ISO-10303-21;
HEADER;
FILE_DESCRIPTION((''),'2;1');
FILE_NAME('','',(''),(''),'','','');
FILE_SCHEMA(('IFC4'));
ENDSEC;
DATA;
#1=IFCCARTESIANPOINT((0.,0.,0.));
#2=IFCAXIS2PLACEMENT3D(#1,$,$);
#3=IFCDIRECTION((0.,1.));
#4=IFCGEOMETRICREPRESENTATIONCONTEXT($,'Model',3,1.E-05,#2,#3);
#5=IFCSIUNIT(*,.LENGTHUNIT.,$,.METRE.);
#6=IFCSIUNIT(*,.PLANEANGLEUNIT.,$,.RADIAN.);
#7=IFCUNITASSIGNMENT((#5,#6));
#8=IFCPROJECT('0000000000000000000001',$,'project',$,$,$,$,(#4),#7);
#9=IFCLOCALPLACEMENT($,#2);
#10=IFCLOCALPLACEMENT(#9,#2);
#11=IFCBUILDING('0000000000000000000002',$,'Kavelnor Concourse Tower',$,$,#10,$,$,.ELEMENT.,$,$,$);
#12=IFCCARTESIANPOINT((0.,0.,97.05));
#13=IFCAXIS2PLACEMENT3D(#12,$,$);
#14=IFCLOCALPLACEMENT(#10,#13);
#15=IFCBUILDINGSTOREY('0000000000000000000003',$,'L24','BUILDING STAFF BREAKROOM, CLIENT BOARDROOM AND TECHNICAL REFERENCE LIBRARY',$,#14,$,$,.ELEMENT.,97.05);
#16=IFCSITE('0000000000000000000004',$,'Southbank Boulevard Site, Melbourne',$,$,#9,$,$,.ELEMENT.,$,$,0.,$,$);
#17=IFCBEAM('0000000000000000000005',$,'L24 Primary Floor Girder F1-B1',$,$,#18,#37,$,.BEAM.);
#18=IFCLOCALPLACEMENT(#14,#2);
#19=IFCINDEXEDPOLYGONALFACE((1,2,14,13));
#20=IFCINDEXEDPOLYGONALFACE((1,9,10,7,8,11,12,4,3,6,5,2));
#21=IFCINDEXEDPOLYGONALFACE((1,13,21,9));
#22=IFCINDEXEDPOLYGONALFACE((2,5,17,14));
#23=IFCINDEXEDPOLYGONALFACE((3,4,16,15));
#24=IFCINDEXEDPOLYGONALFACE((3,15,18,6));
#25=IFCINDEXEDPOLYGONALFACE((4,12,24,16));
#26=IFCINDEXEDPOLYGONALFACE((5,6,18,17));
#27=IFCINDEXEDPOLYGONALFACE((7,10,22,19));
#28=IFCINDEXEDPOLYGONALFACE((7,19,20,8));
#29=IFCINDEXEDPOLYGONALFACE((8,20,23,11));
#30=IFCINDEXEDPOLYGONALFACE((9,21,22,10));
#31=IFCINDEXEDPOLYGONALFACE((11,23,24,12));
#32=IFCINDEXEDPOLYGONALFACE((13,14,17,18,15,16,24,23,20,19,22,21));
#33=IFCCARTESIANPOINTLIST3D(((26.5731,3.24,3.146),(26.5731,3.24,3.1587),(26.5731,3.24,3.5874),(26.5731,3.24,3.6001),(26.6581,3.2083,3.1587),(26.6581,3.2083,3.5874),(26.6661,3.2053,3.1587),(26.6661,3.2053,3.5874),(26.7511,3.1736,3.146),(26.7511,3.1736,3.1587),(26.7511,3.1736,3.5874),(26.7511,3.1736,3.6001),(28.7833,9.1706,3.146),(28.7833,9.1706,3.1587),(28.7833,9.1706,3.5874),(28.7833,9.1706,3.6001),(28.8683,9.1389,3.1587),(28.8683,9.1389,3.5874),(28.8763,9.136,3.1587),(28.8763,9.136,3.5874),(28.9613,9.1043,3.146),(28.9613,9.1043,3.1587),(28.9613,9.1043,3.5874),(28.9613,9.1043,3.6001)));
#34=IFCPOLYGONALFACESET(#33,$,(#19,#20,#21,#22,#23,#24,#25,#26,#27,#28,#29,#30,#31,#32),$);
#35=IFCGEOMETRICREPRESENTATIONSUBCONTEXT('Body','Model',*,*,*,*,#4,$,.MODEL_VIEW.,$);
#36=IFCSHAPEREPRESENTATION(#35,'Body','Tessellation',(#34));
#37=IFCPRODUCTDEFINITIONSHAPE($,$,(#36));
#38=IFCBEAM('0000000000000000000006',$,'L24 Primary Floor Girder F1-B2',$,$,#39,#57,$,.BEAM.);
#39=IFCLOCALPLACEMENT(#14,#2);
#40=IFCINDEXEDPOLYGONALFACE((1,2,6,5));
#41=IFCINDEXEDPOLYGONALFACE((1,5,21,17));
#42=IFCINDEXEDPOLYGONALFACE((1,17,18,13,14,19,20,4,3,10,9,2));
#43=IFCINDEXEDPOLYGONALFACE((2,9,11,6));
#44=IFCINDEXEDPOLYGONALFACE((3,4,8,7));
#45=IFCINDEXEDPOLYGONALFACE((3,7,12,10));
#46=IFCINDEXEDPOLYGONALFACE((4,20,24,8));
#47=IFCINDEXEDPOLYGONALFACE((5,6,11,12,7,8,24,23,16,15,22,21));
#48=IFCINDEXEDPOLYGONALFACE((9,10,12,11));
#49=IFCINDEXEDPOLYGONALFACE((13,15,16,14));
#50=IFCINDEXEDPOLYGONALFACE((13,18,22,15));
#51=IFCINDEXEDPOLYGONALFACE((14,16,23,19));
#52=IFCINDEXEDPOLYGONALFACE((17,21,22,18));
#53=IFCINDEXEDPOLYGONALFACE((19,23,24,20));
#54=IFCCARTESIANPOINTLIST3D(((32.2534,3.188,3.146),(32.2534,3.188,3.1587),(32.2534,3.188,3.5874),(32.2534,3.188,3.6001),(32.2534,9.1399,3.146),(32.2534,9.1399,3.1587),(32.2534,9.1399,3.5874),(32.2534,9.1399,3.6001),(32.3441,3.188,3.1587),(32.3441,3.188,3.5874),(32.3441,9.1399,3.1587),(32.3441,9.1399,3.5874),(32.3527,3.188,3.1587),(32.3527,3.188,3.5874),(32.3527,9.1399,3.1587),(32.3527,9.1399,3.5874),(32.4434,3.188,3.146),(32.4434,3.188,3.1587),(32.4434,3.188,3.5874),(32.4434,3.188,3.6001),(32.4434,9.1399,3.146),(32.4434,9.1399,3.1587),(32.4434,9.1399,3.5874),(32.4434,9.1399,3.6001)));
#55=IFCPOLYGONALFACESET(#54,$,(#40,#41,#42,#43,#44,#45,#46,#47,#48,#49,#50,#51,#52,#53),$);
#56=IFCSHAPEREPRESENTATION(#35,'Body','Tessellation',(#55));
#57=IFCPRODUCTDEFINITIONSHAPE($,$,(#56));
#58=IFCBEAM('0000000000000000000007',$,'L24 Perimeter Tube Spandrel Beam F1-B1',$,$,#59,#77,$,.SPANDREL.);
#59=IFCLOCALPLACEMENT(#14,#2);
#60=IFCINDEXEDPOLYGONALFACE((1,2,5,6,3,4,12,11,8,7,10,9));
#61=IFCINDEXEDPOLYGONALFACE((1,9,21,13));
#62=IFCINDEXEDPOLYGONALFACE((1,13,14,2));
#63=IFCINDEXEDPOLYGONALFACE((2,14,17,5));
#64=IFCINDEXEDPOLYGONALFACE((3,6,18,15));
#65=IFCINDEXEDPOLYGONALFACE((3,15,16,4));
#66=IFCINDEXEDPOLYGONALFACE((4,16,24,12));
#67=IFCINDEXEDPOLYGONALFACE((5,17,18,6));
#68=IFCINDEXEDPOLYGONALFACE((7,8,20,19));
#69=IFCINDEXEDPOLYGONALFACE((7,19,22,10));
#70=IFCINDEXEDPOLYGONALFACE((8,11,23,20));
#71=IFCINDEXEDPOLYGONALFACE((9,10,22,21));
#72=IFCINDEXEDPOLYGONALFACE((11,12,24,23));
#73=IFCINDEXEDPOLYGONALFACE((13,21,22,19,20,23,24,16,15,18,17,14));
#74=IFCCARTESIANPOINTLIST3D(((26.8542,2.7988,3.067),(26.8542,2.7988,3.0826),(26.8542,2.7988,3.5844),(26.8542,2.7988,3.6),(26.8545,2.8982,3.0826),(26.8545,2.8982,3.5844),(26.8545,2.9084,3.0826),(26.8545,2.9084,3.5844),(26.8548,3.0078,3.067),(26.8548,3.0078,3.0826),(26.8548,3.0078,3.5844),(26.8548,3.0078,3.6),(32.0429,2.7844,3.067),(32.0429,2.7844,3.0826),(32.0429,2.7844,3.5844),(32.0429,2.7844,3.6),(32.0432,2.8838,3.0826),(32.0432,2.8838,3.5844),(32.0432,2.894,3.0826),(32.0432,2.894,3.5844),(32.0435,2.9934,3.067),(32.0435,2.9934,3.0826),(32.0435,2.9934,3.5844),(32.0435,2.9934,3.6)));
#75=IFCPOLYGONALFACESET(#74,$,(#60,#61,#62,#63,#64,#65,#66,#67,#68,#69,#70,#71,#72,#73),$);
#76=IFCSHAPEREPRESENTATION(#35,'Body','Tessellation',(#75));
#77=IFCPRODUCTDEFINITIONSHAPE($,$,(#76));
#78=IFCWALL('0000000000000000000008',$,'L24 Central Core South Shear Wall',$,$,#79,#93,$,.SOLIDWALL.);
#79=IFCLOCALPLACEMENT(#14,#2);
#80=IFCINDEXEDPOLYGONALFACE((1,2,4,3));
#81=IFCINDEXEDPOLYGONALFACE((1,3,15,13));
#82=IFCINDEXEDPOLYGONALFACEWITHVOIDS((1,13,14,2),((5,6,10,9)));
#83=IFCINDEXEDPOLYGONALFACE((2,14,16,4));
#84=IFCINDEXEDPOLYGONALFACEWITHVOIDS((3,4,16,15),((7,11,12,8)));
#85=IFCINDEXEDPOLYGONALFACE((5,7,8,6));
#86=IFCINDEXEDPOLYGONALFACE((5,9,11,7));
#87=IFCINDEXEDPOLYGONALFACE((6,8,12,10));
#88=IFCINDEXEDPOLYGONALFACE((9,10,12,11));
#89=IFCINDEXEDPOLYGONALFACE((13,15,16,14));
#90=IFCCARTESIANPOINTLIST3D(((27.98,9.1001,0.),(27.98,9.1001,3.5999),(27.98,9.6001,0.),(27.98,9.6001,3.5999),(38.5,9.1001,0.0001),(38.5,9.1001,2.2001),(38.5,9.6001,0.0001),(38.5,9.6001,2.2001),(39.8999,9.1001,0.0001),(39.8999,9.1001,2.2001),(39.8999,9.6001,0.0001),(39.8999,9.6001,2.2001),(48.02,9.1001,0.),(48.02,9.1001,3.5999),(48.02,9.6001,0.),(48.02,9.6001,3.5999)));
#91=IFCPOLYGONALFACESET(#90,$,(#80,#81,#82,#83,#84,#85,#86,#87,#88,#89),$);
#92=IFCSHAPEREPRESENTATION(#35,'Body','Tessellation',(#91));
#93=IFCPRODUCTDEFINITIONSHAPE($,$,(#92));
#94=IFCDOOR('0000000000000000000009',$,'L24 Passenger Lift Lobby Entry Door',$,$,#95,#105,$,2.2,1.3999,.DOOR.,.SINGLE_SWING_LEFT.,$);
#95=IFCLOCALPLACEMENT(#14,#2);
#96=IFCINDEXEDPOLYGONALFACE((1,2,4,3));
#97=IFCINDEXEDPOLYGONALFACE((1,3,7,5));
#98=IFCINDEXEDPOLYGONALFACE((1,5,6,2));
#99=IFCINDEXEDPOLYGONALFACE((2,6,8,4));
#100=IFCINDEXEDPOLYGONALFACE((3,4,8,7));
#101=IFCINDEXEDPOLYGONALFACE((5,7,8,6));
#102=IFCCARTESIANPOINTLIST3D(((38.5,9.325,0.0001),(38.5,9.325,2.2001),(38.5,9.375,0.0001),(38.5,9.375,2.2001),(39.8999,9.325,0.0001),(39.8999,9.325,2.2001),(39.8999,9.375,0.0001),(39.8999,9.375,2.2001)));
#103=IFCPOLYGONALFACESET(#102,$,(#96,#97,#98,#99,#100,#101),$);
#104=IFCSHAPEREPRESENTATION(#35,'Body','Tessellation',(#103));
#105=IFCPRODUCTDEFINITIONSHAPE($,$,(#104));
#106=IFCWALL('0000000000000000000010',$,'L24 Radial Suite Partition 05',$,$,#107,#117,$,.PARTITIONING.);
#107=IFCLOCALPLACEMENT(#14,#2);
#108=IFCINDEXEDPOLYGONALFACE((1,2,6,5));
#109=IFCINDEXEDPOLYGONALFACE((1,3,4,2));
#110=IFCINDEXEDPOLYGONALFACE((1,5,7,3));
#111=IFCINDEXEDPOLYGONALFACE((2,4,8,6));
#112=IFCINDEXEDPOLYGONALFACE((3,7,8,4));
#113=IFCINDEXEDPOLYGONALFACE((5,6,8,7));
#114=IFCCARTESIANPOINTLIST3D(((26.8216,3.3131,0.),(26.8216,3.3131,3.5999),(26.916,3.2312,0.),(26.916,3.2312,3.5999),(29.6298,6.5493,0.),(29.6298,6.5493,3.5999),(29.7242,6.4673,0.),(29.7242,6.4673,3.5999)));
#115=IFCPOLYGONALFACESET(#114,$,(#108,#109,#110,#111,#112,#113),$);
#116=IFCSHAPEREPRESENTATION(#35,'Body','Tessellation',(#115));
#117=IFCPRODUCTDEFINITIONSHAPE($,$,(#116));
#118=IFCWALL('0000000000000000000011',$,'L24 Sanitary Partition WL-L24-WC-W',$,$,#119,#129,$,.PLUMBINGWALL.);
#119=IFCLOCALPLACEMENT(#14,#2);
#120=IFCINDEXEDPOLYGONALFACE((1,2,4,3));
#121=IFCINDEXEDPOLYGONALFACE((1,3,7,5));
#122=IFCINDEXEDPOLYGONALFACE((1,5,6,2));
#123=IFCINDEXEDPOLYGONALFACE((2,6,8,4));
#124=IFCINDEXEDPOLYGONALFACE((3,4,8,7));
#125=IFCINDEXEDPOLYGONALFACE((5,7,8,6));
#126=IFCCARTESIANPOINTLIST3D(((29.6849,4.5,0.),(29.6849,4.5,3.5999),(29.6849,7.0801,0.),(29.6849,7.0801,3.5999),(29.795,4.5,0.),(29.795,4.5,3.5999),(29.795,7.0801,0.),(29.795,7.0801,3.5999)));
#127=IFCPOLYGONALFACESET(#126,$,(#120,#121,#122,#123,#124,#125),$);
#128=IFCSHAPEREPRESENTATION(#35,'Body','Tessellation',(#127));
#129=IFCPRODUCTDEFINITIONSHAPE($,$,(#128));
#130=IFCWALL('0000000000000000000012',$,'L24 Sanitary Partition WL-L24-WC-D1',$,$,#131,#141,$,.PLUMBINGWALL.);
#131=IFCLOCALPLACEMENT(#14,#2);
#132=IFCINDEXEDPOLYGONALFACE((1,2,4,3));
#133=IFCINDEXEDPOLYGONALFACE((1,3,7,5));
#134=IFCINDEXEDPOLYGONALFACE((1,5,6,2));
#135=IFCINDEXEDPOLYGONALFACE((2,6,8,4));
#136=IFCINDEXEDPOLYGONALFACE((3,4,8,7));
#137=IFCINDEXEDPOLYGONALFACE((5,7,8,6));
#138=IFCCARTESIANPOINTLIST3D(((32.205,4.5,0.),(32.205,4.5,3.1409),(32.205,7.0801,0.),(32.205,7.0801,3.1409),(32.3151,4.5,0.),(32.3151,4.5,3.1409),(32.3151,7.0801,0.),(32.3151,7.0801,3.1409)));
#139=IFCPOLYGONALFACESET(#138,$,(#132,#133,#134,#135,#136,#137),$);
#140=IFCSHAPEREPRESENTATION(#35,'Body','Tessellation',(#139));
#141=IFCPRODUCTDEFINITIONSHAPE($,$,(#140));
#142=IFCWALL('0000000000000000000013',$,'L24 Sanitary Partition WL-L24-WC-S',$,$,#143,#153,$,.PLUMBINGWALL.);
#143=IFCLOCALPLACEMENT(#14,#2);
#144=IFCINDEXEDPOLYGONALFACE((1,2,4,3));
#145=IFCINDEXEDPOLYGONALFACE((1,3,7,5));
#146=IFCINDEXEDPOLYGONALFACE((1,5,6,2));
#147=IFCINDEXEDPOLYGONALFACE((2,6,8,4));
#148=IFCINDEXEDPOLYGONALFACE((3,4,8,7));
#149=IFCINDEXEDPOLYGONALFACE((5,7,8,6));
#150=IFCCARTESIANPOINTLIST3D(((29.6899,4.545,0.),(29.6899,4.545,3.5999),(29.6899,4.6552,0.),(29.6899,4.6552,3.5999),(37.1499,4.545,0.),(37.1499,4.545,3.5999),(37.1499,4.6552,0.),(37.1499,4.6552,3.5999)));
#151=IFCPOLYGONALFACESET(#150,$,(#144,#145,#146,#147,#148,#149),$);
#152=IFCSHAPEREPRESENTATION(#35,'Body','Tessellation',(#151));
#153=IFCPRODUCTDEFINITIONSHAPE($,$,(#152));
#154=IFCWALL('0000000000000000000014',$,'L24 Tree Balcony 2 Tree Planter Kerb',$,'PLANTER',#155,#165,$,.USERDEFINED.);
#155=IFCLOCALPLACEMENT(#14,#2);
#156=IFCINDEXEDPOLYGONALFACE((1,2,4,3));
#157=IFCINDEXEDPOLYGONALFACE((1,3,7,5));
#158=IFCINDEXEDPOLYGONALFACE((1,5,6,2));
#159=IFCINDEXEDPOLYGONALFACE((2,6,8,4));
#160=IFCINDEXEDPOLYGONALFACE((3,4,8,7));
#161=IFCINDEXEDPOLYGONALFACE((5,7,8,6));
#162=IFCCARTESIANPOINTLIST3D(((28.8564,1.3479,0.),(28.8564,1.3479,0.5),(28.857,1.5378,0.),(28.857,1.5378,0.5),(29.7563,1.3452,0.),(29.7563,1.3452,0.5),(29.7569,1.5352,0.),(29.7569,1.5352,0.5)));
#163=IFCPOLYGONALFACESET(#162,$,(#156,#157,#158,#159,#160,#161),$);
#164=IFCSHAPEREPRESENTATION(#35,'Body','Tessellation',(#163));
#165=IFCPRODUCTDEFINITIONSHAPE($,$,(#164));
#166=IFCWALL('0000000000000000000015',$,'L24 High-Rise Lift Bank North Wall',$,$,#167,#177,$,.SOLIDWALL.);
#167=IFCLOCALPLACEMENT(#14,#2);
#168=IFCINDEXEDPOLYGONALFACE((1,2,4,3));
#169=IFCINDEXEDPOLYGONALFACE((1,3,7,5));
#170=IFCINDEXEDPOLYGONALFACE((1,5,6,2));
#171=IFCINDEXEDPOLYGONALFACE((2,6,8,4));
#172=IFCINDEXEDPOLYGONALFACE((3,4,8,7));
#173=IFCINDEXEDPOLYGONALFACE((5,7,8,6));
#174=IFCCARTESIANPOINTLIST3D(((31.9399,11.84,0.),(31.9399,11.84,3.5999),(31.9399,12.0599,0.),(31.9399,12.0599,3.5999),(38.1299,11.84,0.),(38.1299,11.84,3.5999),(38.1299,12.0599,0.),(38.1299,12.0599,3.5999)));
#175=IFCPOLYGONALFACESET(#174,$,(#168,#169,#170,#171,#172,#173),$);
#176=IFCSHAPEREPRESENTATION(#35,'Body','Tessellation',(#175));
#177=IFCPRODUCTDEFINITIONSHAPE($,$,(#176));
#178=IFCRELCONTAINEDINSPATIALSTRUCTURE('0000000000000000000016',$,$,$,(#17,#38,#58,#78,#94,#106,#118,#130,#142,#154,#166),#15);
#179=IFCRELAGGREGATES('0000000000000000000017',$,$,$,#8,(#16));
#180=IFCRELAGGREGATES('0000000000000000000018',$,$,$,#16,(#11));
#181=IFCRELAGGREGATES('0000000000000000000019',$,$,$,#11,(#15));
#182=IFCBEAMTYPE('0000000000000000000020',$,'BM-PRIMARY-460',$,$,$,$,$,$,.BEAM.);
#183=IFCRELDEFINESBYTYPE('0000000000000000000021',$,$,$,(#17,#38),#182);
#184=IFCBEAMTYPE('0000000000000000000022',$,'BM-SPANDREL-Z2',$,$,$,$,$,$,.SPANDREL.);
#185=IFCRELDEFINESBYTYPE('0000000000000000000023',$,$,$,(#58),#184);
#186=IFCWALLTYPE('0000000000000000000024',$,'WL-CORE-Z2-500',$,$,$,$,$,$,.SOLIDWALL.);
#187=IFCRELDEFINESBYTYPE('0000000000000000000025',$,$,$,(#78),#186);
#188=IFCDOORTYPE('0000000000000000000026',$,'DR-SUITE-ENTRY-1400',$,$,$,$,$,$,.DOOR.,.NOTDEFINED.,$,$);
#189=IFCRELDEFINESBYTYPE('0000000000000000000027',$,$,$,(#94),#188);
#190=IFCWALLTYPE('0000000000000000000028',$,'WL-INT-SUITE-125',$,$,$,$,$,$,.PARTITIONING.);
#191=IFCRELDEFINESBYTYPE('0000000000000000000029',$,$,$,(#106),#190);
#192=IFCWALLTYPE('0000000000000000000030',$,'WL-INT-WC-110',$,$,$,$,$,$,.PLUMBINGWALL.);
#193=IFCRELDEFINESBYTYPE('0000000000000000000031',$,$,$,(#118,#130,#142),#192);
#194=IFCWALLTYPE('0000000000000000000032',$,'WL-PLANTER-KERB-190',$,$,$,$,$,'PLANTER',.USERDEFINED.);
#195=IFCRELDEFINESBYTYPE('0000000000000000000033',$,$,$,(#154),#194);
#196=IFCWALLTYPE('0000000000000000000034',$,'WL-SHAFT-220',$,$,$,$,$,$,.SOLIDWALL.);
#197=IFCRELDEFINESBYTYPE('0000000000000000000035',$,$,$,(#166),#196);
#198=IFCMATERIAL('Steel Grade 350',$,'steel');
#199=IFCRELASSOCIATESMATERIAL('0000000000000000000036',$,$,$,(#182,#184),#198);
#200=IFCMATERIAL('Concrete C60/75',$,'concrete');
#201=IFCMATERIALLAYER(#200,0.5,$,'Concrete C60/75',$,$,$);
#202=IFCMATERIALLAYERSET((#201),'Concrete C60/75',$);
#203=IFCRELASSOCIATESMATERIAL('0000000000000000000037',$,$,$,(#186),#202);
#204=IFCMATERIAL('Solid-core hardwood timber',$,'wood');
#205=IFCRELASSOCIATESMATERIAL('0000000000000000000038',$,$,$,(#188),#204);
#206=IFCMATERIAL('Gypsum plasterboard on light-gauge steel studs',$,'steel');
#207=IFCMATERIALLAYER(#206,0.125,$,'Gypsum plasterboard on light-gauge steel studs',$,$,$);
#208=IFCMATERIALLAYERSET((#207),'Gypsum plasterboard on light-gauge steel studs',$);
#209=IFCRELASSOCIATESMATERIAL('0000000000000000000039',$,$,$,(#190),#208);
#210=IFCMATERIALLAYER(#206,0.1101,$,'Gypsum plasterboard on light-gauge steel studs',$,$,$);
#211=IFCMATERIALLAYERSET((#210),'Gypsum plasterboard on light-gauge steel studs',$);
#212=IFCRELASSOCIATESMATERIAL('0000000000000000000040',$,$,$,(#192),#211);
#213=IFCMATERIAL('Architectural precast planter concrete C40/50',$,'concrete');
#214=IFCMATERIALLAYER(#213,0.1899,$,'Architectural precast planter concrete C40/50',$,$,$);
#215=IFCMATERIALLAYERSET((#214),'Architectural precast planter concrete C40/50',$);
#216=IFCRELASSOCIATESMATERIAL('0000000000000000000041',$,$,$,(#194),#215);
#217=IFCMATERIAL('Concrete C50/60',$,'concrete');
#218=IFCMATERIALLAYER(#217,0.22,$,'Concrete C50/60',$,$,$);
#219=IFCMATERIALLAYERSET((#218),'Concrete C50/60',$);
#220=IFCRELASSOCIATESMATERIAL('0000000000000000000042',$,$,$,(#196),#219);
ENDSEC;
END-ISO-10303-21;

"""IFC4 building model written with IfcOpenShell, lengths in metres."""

from ifc_helpers import new_model, si_unit, direction, frame, frame_2d, origin, origin_2d, place, context, subcontext, project, spatial, rectangle, i_section, extrude, material, layer, layer_set, material_profile, profile_set, type_object, element, fill, save


model = new_model("IFC4")

# Units and contexts
model_context = context("Model", 3, precision=1e-05, world=origin(), true_north=direction((0.0, 1.0)))
body_context = subcontext(model_context, "Body", "Model", "MODEL_VIEW")
ifc_project = project(units=[si_unit("LENGTHUNIT", "METRE"), si_unit("PLANEANGLEUNIT", "RADIAN")], contexts=[model_context])

# Site, building, storey
site_placement = place(None, origin())
site = spatial("IfcSite", under=ifc_project, at=site_placement, Name="Southbank Boulevard Site, Melbourne", CompositionType="ELEMENT", RefElevation=0.0)
building_placement = place(site_placement, origin())
building = spatial("IfcBuilding", under=site, at=building_placement, Name="Kavelnor Concourse Tower", CompositionType="ELEMENT")
storey_placement = place(building_placement, frame((0.0, 0.0, 97.05)))
storey = spatial("IfcBuildingStorey", under=building, at=storey_placement, Name="L24", Description="BUILDING STAFF BREAKROOM, CLIENT BOARDROOM AND TECHNICAL REFERENCE LIBRARY", CompositionType="ELEMENT", Elevation=97.05)

# Shared definitions
ifc_material_1 = material(Name="Steel Grade 350", Category="steel")

# Beams
ifc_material_profile_1 = material_profile(ifc_material_1, i_section(OverallWidth=0.1899, OverallDepth=0.4541, WebThickness=0.0085, FlangeThickness=0.0127, at=origin_2d()), Name="460UB67")
ifc_profile_set_1 = profile_set([ifc_material_profile_1], Name="Steel Grade 350")
beam_type_1 = type_object("IfcBeamType", Name="BM-PRIMARY-460", PredefinedType="BEAM", material=ifc_profile_set_1)
beam_1_placement = place(storey_placement, frame((28.8723, 9.1375, 3.373), z_axis=(-0.349212, -0.937044, 0.0), x_axis=(0.937044, -0.349212, 0.0)))
element("IfcBeam", 1, at=beam_1_placement, inside=storey, type_object=beam_type_1, Name="L24 Primary Floor Girder F1-B1", PredefinedType="BEAM", context=body_context, shape_type="SweptSolid", body=[
    extrude(i_section(OverallWidth=0.1899, OverallDepth=0.4541, WebThickness=0.0085, FlangeThickness=0.0127, at=origin_2d()), origin(), (0.0, 0.0, 1.0), 6.3291),
])
beam_2_placement = place(storey_placement, frame((32.3484, 9.1399, 3.373), z_axis=(0.0, -1.0, 0.0), x_axis=(1.0, 0.0, 0.0)))
element("IfcBeam", 2, at=beam_2_placement, inside=storey, type_object=beam_type_1, Name="L24 Primary Floor Girder F1-B2", PredefinedType="BEAM", context=body_context, shape_type="SweptSolid", body=[
    extrude(i_section(OverallWidth=0.1899, OverallDepth=0.4541, WebThickness=0.0085, FlangeThickness=0.0127, at=origin_2d()), origin(), (0.0, 0.0, 1.0), 5.9519),
])
ifc_material_profile_2 = material_profile(ifc_material_1, i_section(OverallWidth=0.209, OverallDepth=0.533, WebThickness=0.0103, FlangeThickness=0.0156, at=origin_2d()), Name="530UB92")
ifc_profile_set_2 = profile_set([ifc_material_profile_2], Name="Steel Grade 350")
beam_type_2 = type_object("IfcBeamType", Name="BM-SPANDREL-Z2", PredefinedType="SPANDREL", material=ifc_profile_set_2)
beam_3_placement = place(storey_placement, frame((26.8545, 2.9033, 3.3335), z_axis=(0.999996, -0.002776, 0.0), x_axis=(0.002776, 0.999996, 0.0)))
element("IfcBeam", 3, at=beam_3_placement, inside=storey, type_object=beam_type_2, Name="L24 Perimeter Tube Spandrel Beam F1-B1", PredefinedType="SPANDREL", context=body_context, shape_type="SweptSolid", body=[
    extrude(i_section(OverallWidth=0.209, OverallDepth=0.533, WebThickness=0.0103, FlangeThickness=0.0156, at=origin_2d()), origin(), (0.0, 0.0, 1.0), 5.1887),
])

# Wall, opening, door
ifc_material_2 = material(Name="Concrete C60/75", Category="concrete")
ifc_layer_1 = layer(ifc_material_2, 0.5, Name="Concrete C60/75")
ifc_layer_set_1 = layer_set([ifc_layer_1], Name="Concrete C60/75")
wall_type_1 = type_object("IfcWallType", Name="WL-CORE-Z2-500", PredefinedType="SOLIDWALL", material=ifc_layer_set_1)
wall_1_placement = place(storey_placement, frame((27.98, 9.3501, 0.0), z_axis=(0.0, 0.0, 1.0), x_axis=(1.0, 0.0, 0.0)))
wall_1 = element("IfcWall", 4, at=wall_1_placement, inside=storey, type_object=wall_type_1, Name="L24 Central Core South Shear Wall", PredefinedType="SOLIDWALL", context=body_context, shape_type="SweptSolid", body=[
    extrude(rectangle(XDim=20.04, YDim=0.5, at=frame_2d((10.02, 0.0))), origin(), (0.0, 0.0, 1.0), 3.5999),
])
opening_1_placement = place(wall_1_placement, frame((10.52, 0.0, 0.0)))
opening_1 = element("IfcOpeningElement", 5, at=opening_1_placement, cuts=wall_1, PredefinedType="OPENING", context=body_context, shape_type="SweptSolid", body=[
    extrude(rectangle(XDim=1.3999, YDim=2.2, at=frame_2d((0.7, 1.1001))), frame((0.0, 0.26, 0.0), z_axis=(0.0, -1.0, 0.0), x_axis=(1.0, 0.0, 0.0)), (0.0, 0.0, 1.0), 0.52),
])
ifc_material_3 = material(Name="Solid-core hardwood timber", Category="wood")
door_type_1 = type_object("IfcDoorType", Name="DR-SUITE-ENTRY-1400", OperationType="NOTDEFINED", PredefinedType="DOOR", material=ifc_material_3)
door_1_placement = place(opening_1_placement, origin())
door_1 = element("IfcDoor", 6, at=door_1_placement, inside=storey, type_object=door_type_1, Name="L24 Passenger Lift Lobby Entry Door", OperationType="SINGLE_SWING_LEFT", OverallHeight=2.2, OverallWidth=1.3999, PredefinedType="DOOR", context=body_context, shape_type="SweptSolid", body=[
    extrude(rectangle(XDim=1.3999, YDim=2.2, at=frame_2d((0.7, 1.1001))), frame((0.0, 0.0249, 0.0), z_axis=(0.0, -1.0, 0.0), x_axis=(1.0, 0.0, 0.0)), (0.0, 0.0, 1.0), 0.05),
])
fill(opening_1, door_1)

# Walls
ifc_material_4 = material(Name="Gypsum plasterboard on light-gauge steel studs", Category="steel")
ifc_layer_2 = layer(ifc_material_4, 0.125, Name="Gypsum plasterboard on light-gauge steel studs")
ifc_layer_set_2 = layer_set([ifc_layer_2], Name="Gypsum plasterboard on light-gauge steel studs")
wall_type_2 = type_object("IfcWallType", Name="WL-INT-SUITE-125", PredefinedType="PARTITIONING", material=ifc_layer_set_2)
wall_2_placement = place(storey_placement, frame((29.677, 6.5083, 0.0), z_axis=(0.0, 0.0, 1.0), x_axis=(-0.655397, -0.755285, 0.0)))
element("IfcWall", 7, at=wall_2_placement, inside=storey, type_object=wall_type_2, Name="L24 Radial Suite Partition 05", PredefinedType="PARTITIONING", context=body_context, shape_type="SweptSolid", body=[
    extrude(rectangle(XDim=4.2847, YDim=0.125, at=frame_2d((2.1423, 0.0))), origin(), (0.0, 0.0, 1.0), 3.5999),
])
ifc_layer_3 = layer(ifc_material_4, 0.1101, Name="Gypsum plasterboard on light-gauge steel studs")
ifc_layer_set_3 = layer_set([ifc_layer_3], Name="Gypsum plasterboard on light-gauge steel studs")
wall_type_3 = type_object("IfcWallType", Name="WL-INT-WC-110", PredefinedType="PLUMBINGWALL", material=ifc_layer_set_3)
wall_3_placement = place(storey_placement, frame((29.74, 4.5, 0.0), z_axis=(0.0, 0.0, 1.0), x_axis=(0.0, 1.0, 0.0)))
element("IfcWall", 8, at=wall_3_placement, inside=storey, type_object=wall_type_3, Name="L24 Sanitary Partition WL-L24-WC-W", PredefinedType="PLUMBINGWALL", context=body_context, shape_type="SweptSolid", body=[
    extrude(rectangle(XDim=2.5801, YDim=0.1101, at=frame_2d((1.29, 0.0))), origin(), (0.0, 0.0, 1.0), 3.5999),
])
wall_4_placement = place(storey_placement, frame((32.26, 4.5, 0.0), z_axis=(0.0, 0.0, 1.0), x_axis=(0.0, 1.0, 0.0)))
element("IfcWall", 9, at=wall_4_placement, inside=storey, type_object=wall_type_3, Name="L24 Sanitary Partition WL-L24-WC-D1", PredefinedType="PLUMBINGWALL", context=body_context, shape_type="SweptSolid", body=[
    extrude(rectangle(XDim=2.5801, YDim=0.1101, at=frame_2d((1.29, 0.0))), origin(), (0.0, 0.0, 1.0), 3.1409),
])
wall_5_placement = place(storey_placement, frame((29.6899, 4.6001, 0.0), z_axis=(0.0, 0.0, 1.0), x_axis=(1.0, 0.0, 0.0)))
element("IfcWall", 10, at=wall_5_placement, inside=storey, type_object=wall_type_3, Name="L24 Sanitary Partition WL-L24-WC-S", PredefinedType="PLUMBINGWALL", context=body_context, shape_type="SweptSolid", body=[
    extrude(rectangle(XDim=7.46, YDim=0.1101, at=frame_2d((3.73, 0.0))), origin(), (0.0, 0.0, 1.0), 3.5999),
])
ifc_material_5 = material(Name="Architectural precast planter concrete C40/50", Category="concrete")
ifc_layer_4 = layer(ifc_material_5, 0.1899, Name="Architectural precast planter concrete C40/50")
ifc_layer_set_4 = layer_set([ifc_layer_4], Name="Architectural precast planter concrete C40/50")
wall_type_4 = type_object("IfcWallType", Name="WL-PLANTER-KERB-190", ElementType="PLANTER", PredefinedType="USERDEFINED", material=ifc_layer_set_4)
wall_6_placement = place(storey_placement, frame((28.8567, 1.4429, 0.0), z_axis=(0.0, 0.0, 1.0), x_axis=(0.999996, -0.002984, 0.0)))
element("IfcWall", 11, at=wall_6_placement, inside=storey, type_object=wall_type_4, Name="L24 Tree Balcony 2 Tree Planter Kerb", ObjectType="PLANTER", PredefinedType="USERDEFINED", context=body_context, shape_type="SweptSolid", body=[
    extrude(rectangle(XDim=0.8999, YDim=0.1899, at=frame_2d((0.45, 0.0))), origin(), (0.0, 0.0, 1.0), 0.5),
])
ifc_material_6 = material(Name="Concrete C50/60", Category="concrete")
ifc_layer_5 = layer(ifc_material_6, 0.22, Name="Concrete C50/60")
ifc_layer_set_5 = layer_set([ifc_layer_5], Name="Concrete C50/60")
wall_type_5 = type_object("IfcWallType", Name="WL-SHAFT-220", PredefinedType="SOLIDWALL", material=ifc_layer_set_5)
wall_7_placement = place(storey_placement, frame((31.9399, 11.95, 0.0), z_axis=(0.0, 0.0, 1.0), x_axis=(1.0, 0.0, 0.0)))
element("IfcWall", 12, at=wall_7_placement, inside=storey, type_object=wall_type_5, Name="L24 High-Rise Lift Bank North Wall", PredefinedType="SOLIDWALL", context=body_context, shape_type="SweptSolid", body=[
    extrude(rectangle(XDim=6.1899, YDim=0.22, at=frame_2d((3.095, 0.0))), origin(), (0.0, 0.0, 1.0), 3.5999),
])

save(model, "model.ifc")
